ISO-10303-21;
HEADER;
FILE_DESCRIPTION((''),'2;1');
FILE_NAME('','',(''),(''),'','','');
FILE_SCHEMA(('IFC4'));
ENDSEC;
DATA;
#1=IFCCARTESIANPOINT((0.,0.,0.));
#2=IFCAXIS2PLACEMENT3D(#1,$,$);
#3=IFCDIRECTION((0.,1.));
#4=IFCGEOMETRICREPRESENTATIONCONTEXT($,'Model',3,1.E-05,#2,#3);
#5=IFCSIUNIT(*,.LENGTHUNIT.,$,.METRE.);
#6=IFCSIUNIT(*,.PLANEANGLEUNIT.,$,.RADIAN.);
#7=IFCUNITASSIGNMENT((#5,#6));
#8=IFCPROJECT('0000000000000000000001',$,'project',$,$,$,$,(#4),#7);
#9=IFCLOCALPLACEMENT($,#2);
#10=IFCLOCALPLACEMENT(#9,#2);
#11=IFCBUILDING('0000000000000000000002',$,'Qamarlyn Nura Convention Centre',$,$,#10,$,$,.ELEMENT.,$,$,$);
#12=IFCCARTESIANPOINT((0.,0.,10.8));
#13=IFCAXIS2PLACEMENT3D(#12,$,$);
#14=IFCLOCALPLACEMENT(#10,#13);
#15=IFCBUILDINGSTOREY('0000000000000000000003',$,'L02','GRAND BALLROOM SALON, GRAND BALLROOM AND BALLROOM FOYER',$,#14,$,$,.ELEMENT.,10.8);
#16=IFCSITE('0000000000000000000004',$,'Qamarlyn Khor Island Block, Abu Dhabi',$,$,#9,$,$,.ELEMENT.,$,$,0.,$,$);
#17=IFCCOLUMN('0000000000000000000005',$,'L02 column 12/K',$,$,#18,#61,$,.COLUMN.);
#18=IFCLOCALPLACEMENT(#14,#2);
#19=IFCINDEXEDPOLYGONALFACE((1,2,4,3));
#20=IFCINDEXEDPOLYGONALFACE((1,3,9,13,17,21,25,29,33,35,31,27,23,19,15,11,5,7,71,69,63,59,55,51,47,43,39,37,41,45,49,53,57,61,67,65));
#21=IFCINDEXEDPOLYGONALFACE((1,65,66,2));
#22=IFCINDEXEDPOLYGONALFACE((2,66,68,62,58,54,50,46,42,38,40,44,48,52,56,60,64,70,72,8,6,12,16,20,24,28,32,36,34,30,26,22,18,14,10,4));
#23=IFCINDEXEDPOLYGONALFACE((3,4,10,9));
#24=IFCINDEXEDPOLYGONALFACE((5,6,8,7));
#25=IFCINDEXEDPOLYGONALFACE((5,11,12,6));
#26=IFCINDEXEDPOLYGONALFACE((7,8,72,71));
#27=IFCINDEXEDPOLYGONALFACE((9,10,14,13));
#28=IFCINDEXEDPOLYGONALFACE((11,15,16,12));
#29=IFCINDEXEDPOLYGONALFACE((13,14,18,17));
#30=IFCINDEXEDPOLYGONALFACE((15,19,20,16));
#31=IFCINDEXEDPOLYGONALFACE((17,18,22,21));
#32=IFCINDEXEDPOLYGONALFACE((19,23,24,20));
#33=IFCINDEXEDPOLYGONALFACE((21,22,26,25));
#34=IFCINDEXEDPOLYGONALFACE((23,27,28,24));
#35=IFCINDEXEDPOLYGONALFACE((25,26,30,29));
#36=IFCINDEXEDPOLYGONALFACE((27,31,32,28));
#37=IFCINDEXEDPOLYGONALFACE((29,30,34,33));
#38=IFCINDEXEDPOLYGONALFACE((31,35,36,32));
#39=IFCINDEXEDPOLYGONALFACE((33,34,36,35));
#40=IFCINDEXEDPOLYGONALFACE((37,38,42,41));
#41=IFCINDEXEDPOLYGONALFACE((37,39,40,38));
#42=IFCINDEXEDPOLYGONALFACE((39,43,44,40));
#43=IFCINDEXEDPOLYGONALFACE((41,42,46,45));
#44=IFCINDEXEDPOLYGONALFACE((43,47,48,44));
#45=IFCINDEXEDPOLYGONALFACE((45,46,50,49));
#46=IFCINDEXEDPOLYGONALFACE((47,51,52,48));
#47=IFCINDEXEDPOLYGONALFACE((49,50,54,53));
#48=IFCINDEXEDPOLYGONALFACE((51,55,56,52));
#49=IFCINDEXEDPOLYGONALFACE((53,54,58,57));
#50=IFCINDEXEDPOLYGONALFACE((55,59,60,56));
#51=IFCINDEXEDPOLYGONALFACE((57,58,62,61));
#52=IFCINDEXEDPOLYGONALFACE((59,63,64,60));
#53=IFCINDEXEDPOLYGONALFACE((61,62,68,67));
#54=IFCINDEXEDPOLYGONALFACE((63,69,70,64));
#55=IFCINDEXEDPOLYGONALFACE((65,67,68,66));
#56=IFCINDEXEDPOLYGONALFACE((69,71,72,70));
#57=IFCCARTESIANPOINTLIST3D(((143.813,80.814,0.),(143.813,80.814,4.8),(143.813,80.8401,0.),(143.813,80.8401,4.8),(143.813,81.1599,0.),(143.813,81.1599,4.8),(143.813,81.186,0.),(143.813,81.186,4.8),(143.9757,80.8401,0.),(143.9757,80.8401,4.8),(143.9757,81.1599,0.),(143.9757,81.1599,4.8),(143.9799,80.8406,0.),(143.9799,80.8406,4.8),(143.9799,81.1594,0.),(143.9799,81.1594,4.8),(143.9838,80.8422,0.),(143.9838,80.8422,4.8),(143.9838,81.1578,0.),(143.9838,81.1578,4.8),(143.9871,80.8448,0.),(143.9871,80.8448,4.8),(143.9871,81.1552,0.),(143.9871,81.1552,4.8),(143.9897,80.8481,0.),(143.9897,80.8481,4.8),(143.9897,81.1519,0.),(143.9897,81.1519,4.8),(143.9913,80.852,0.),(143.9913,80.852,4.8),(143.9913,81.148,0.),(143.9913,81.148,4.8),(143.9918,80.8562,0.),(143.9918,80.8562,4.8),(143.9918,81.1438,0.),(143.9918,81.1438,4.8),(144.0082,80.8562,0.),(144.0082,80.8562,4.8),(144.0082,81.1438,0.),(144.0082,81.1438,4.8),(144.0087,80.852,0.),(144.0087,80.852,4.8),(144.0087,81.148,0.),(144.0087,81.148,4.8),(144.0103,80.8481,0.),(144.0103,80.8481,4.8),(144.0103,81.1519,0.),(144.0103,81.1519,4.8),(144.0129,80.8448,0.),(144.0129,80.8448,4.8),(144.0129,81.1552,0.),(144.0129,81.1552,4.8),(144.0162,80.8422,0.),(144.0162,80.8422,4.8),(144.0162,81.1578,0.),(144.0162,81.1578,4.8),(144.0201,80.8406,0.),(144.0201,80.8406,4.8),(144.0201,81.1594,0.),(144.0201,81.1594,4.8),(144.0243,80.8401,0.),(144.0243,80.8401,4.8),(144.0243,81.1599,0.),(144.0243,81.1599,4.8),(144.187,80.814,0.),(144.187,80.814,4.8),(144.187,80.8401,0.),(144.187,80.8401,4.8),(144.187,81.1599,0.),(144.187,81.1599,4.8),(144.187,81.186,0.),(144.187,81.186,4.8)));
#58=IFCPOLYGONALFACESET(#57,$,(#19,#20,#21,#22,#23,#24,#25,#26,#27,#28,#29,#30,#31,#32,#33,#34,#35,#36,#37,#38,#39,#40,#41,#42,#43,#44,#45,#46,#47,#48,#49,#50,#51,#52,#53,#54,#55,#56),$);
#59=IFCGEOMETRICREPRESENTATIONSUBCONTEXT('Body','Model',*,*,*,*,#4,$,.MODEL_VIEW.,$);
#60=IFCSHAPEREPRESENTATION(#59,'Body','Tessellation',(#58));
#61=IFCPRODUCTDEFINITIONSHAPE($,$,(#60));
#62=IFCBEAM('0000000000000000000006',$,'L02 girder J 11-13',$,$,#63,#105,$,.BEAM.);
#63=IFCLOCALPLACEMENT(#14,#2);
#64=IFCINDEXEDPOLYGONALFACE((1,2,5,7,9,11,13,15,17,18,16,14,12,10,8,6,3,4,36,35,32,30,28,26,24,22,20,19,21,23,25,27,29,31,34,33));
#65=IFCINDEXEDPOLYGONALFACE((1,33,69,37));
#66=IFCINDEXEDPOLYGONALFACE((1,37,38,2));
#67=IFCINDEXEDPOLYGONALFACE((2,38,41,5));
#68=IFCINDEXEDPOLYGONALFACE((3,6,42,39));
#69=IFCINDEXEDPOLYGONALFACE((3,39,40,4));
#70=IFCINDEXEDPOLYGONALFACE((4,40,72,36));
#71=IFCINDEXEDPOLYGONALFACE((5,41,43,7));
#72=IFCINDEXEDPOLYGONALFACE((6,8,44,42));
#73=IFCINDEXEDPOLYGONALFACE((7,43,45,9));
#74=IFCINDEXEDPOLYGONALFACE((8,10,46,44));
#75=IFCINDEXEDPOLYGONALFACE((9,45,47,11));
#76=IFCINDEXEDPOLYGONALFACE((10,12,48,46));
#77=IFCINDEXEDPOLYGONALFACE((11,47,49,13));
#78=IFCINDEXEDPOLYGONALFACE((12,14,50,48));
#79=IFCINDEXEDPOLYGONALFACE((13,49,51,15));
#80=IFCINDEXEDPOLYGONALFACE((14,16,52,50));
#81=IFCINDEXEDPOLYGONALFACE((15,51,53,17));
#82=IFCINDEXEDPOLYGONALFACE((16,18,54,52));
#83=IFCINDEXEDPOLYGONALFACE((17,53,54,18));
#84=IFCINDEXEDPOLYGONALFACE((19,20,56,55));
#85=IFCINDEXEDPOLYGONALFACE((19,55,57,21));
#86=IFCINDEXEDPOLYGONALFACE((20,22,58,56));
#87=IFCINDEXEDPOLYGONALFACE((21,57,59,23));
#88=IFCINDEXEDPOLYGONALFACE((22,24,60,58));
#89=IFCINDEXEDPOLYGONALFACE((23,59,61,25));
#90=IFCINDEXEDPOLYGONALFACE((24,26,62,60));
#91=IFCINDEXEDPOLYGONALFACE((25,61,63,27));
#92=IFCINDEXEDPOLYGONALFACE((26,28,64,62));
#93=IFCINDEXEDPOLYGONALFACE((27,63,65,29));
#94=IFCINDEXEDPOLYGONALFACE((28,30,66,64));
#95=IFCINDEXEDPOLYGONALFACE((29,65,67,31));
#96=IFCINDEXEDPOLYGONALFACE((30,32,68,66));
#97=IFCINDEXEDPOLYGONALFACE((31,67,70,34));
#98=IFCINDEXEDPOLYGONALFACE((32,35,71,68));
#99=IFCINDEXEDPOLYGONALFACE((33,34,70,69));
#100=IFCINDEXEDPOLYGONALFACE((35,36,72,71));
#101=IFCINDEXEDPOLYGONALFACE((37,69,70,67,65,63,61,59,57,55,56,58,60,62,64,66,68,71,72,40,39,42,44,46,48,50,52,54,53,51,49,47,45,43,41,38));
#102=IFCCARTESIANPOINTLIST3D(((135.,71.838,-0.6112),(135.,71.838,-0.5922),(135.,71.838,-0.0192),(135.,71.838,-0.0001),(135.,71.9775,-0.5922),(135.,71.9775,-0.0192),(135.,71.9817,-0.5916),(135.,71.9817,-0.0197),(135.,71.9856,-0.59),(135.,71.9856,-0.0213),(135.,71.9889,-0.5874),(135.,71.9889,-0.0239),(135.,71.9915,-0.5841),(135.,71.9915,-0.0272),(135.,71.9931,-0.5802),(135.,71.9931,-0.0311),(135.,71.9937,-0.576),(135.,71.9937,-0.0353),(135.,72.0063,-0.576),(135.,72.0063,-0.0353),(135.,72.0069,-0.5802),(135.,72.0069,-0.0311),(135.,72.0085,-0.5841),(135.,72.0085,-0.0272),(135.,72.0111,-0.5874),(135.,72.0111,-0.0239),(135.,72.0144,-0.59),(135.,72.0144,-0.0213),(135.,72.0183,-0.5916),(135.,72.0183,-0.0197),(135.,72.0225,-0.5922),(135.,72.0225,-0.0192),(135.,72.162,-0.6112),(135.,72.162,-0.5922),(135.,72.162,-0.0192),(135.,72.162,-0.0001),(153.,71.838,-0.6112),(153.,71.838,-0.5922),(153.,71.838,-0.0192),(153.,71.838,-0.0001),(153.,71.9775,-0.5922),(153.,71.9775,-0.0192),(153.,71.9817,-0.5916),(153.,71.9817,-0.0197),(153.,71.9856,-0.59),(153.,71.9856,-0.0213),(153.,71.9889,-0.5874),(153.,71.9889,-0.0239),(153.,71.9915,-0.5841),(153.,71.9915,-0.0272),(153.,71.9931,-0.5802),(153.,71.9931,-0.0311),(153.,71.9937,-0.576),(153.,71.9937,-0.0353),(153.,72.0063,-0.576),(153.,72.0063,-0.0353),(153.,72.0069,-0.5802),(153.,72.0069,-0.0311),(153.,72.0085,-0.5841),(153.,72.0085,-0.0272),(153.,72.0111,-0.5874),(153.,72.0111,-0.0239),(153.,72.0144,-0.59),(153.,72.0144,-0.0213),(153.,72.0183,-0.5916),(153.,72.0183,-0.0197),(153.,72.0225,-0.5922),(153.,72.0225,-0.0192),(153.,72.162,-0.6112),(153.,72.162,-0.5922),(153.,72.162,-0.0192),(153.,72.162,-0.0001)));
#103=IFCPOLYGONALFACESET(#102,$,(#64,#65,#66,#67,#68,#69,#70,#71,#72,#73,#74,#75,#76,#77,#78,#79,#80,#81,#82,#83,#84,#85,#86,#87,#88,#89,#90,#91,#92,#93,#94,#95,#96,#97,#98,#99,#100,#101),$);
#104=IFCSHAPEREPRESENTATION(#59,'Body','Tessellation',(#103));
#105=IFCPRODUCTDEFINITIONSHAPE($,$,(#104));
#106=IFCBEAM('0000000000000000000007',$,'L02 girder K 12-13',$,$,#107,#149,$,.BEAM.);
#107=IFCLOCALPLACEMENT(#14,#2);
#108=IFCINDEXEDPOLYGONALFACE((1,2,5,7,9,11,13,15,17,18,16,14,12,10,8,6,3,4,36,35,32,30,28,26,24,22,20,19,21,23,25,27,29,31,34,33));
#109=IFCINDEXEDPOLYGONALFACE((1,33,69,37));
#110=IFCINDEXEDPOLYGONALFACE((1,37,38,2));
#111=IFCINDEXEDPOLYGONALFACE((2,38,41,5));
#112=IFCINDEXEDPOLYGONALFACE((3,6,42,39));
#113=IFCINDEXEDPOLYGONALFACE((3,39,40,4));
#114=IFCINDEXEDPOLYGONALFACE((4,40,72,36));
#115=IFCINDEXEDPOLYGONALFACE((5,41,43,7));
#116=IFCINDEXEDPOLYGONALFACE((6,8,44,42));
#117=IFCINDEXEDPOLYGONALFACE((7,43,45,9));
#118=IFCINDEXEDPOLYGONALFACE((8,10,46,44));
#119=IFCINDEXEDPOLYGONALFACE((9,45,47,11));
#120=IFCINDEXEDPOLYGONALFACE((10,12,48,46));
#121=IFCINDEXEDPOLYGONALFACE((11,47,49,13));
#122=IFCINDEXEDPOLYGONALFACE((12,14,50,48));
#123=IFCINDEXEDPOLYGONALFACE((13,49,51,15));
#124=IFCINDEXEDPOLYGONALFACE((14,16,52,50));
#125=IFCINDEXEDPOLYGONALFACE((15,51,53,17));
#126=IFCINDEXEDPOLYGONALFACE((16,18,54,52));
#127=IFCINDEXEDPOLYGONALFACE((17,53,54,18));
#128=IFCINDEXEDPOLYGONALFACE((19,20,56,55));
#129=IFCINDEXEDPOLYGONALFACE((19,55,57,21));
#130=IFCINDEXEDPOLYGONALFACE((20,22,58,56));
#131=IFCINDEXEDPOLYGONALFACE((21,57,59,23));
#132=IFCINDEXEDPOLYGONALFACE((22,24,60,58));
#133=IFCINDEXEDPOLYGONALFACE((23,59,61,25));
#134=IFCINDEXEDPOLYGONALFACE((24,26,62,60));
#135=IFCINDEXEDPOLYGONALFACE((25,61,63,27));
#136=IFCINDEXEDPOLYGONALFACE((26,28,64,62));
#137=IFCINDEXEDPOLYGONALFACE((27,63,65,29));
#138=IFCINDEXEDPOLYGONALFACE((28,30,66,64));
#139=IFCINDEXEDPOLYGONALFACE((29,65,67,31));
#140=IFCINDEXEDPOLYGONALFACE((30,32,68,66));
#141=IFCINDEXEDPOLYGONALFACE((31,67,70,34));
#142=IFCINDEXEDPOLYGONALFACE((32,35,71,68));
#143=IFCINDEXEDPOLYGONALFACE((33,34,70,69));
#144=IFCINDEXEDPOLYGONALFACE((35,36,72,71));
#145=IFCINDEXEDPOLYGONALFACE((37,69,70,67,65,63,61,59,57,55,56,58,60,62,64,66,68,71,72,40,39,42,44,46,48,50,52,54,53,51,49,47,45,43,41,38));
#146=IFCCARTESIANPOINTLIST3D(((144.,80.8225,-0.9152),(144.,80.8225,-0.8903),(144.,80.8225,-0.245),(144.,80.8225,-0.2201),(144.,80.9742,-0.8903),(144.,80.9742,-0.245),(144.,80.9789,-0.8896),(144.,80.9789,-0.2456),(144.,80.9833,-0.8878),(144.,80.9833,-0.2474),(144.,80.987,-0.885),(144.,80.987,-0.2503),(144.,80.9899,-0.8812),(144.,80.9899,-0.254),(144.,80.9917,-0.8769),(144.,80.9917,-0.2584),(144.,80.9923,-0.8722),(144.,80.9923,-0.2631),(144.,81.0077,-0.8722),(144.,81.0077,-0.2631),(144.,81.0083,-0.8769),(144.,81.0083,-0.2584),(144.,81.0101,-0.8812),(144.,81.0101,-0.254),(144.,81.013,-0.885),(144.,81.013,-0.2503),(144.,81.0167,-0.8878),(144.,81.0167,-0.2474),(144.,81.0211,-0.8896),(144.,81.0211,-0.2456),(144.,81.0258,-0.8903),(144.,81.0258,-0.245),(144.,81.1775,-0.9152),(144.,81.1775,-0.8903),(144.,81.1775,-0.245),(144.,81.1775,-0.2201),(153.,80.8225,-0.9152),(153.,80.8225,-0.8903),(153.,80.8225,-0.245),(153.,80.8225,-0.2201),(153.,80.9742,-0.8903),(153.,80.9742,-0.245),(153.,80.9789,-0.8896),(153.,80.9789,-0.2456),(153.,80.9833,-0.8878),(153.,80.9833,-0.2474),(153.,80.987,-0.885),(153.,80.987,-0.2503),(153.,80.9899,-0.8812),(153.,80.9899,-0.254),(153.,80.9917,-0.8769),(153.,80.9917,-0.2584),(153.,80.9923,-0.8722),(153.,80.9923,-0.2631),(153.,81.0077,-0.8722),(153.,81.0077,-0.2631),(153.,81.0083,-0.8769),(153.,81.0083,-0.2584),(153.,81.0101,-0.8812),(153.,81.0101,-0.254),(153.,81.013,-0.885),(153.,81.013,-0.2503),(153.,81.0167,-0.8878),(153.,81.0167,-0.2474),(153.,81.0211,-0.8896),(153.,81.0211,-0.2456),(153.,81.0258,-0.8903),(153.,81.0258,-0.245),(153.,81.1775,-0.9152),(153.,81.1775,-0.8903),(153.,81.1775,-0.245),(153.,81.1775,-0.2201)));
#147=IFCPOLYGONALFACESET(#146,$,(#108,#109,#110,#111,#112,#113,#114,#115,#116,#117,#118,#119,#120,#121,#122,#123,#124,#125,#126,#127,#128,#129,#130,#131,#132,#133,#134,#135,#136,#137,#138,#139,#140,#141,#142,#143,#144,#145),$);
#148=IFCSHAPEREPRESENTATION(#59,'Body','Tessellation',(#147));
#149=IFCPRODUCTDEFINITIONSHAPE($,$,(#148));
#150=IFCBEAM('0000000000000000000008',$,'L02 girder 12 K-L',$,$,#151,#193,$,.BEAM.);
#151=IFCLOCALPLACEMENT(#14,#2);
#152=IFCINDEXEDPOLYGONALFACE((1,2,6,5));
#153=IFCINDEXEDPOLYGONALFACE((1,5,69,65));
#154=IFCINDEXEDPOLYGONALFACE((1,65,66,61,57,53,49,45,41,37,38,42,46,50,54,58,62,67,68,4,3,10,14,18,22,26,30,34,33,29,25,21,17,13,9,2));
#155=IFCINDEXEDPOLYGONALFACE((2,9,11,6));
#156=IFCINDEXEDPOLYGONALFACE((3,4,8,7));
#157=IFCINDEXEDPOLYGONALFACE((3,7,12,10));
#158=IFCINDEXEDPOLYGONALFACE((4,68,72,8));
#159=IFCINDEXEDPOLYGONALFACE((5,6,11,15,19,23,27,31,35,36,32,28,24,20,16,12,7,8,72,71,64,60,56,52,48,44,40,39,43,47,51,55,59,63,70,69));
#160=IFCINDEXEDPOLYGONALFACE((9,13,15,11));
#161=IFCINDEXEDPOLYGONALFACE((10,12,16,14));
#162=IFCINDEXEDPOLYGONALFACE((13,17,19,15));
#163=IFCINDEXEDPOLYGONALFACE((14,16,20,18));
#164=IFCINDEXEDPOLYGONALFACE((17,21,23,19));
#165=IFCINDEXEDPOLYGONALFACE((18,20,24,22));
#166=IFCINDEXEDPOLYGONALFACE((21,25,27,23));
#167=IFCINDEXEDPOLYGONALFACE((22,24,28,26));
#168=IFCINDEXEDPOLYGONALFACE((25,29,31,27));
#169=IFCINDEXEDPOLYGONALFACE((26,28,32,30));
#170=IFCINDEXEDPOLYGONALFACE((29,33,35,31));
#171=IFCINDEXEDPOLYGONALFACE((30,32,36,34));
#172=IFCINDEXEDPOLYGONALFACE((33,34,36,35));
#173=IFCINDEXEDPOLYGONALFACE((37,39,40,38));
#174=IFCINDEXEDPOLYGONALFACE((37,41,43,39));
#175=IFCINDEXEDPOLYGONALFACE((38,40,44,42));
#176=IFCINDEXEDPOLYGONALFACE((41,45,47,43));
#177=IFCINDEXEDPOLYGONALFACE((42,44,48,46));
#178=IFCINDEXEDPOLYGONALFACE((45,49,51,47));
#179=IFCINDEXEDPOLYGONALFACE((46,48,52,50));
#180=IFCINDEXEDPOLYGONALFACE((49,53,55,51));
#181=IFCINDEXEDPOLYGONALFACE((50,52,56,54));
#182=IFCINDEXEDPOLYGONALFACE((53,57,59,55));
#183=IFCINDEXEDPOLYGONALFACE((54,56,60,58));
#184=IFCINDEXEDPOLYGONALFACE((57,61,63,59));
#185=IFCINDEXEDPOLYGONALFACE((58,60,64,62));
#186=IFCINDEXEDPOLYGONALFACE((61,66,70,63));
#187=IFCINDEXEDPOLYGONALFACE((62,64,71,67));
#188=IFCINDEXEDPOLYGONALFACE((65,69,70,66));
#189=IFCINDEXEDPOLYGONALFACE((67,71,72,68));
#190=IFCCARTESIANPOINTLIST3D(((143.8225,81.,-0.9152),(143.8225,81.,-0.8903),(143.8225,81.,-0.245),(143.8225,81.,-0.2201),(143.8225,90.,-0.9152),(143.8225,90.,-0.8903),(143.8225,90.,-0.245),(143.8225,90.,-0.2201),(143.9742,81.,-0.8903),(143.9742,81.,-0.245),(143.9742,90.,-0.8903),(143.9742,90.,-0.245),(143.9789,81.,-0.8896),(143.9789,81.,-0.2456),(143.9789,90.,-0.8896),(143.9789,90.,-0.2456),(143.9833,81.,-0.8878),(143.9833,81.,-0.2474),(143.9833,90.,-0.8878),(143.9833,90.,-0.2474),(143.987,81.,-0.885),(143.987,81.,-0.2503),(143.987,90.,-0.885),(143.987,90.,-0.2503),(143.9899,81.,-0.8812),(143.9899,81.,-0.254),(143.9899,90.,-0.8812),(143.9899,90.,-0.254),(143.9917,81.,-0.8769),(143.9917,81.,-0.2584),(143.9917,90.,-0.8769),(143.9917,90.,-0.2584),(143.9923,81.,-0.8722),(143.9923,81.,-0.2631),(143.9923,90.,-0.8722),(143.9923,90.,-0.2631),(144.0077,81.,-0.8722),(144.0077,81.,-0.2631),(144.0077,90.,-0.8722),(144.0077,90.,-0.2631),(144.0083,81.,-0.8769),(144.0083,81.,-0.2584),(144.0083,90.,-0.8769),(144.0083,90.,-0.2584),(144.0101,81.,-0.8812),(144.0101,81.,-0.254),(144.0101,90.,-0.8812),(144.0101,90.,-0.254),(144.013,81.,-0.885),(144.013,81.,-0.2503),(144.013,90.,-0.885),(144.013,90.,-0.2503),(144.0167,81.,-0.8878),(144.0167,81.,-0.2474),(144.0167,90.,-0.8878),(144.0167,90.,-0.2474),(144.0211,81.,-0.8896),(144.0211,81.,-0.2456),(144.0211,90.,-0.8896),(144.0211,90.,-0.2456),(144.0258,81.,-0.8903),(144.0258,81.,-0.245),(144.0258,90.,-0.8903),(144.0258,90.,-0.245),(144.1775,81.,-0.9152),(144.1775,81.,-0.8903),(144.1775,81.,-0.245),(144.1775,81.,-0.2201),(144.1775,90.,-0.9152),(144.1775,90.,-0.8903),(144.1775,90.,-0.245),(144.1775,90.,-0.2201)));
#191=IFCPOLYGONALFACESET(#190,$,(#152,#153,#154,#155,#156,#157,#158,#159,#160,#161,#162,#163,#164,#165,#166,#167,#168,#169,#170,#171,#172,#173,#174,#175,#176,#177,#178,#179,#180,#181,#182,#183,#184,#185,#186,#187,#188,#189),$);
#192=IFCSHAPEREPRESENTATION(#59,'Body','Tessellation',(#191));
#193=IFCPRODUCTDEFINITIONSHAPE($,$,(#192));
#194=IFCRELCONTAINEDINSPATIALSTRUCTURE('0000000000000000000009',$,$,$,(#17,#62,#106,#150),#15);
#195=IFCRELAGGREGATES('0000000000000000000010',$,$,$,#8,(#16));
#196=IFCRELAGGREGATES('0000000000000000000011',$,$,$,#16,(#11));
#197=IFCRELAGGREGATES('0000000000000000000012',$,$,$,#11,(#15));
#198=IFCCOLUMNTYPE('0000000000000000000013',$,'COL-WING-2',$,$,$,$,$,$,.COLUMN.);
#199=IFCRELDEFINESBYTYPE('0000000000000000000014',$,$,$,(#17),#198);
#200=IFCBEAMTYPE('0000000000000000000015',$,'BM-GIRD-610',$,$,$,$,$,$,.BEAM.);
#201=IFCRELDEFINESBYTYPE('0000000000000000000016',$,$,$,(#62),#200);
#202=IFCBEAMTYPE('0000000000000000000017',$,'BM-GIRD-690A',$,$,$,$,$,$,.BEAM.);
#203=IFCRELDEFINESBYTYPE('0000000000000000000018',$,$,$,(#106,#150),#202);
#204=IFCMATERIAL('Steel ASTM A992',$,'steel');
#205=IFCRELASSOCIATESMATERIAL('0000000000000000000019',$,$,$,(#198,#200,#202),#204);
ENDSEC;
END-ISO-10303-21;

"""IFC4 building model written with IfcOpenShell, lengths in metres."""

from ifc_helpers import new_model, si_unit, direction, frame, origin, origin_2d, place, context, subcontext, project, spatial, i_section, extrude, material, material_profile, profile_set, type_object, element, save


model = new_model("IFC4")

# Units and contexts
model_context = context("Model", 3, precision=1e-05, world=origin(), true_north=direction((0.0, 1.0)))
body_context = subcontext(model_context, "Body", "Model", "MODEL_VIEW")
ifc_project = project(units=[si_unit("LENGTHUNIT", "METRE"), si_unit("PLANEANGLEUNIT", "RADIAN")], contexts=[model_context])

# Site, building, storey
site_placement = place(None, origin())
site = spatial("IfcSite", under=ifc_project, at=site_placement, Name="Qamarlyn Khor Island Block, Abu Dhabi", CompositionType="ELEMENT", RefElevation=0.0)
building_placement = place(site_placement, origin())
building = spatial("IfcBuilding", under=site, at=building_placement, Name="Qamarlyn Nura Convention Centre", CompositionType="ELEMENT")
storey_placement = place(building_placement, frame((0.0, 0.0, 10.8)))
storey = spatial("IfcBuildingStorey", under=building, at=storey_placement, Name="L02", Description="GRAND BALLROOM SALON, GRAND BALLROOM AND BALLROOM FOYER", CompositionType="ELEMENT", Elevation=10.8)

# Column
ifc_material_1 = material(Name="Steel ASTM A992", Category="steel")
ifc_material_profile_1 = material_profile(ifc_material_1, i_section(OverallWidth=0.374, OverallDepth=0.3721, WebThickness=0.0164, FlangeThickness=0.0261, FilletRadius=0.0161, at=origin_2d()), Name="W360X196")
ifc_profile_set_1 = profile_set([ifc_material_profile_1], Name="Steel ASTM A992")
column_type = type_object("IfcColumnType", Name="COL-WING-2", PredefinedType="COLUMN", material=ifc_profile_set_1)
column_placement = place(storey_placement, frame((144.0, 81.0, 0.0), z_axis=(0.0, 0.0, 1.0), x_axis=(1.0, 0.0, 0.0)))
element("IfcColumn", 1, at=column_placement, inside=storey, type_object=column_type, Name="L02 column 12/K", PredefinedType="COLUMN", context=body_context, shape_type="SweptSolid", body=[
    extrude(i_section(OverallWidth=0.374, OverallDepth=0.3721, WebThickness=0.0164, FlangeThickness=0.0261, FilletRadius=0.0161, at=origin_2d()), origin(), (0.0, 0.0, 1.0), 4.8),
])

# Beams
ifc_material_profile_2 = material_profile(ifc_material_1, i_section(OverallWidth=0.324, OverallDepth=0.6111, WebThickness=0.0127, FlangeThickness=0.019, FilletRadius=0.0161, at=origin_2d()), Name="W610X155")
ifc_profile_set_2 = profile_set([ifc_material_profile_2], Name="Steel ASTM A992")
beam_type_1 = type_object("IfcBeamType", Name="BM-GIRD-610", PredefinedType="BEAM", material=ifc_profile_set_2)
beam_1_placement = place(storey_placement, frame((135.0, 72.0, -0.3057), z_axis=(1.0, 0.0, 0.0), x_axis=(0.0, 1.0, 0.0)))
element("IfcBeam", 2, at=beam_1_placement, inside=storey, type_object=beam_type_1, Name="L02 girder J 11-13", PredefinedType="BEAM", context=body_context, shape_type="SweptSolid", body=[
    extrude(i_section(OverallWidth=0.324, OverallDepth=0.6111, WebThickness=0.0127, FlangeThickness=0.019, FilletRadius=0.0161, at=origin_2d()), origin(), (0.0, 0.0, 1.0), 18.0),
])
ifc_material_profile_3 = material_profile(ifc_material_1, i_section(OverallWidth=0.355, OverallDepth=0.6951, WebThickness=0.0154, FlangeThickness=0.0249, FilletRadius=0.0181, at=origin_2d()), Name="W690X217")
ifc_profile_set_3 = profile_set([ifc_material_profile_3], Name="Steel ASTM A992")
beam_type_2 = type_object("IfcBeamType", Name="BM-GIRD-690A", PredefinedType="BEAM", material=ifc_profile_set_3)
for number, where, z_axis, x_axis, name in (
    (3, (144.0, 81.0, -0.5676), (1.0, 0.0, 0.0), (0.0, 1.0, 0.0), "L02 girder K 12-13"),
    (4, (144.0, 81.0, -0.5676), (0.0, 1.0, 0.0), (-1.0, 0.0, 0.0), "L02 girder 12 K-L"),
):
    element("IfcBeam", number, at=place(storey_placement, frame(where, z_axis=z_axis, x_axis=x_axis)), inside=storey, type_object=beam_type_2, Name=name, PredefinedType="BEAM", context=body_context, shape_type="SweptSolid", body=[
        extrude(i_section(OverallWidth=0.355, OverallDepth=0.6951, WebThickness=0.0154, FlangeThickness=0.0249, FilletRadius=0.0181, at=origin_2d()), origin(), (0.0, 0.0, 1.0), 9.0),
    ])

save(model, "model.ifc")
